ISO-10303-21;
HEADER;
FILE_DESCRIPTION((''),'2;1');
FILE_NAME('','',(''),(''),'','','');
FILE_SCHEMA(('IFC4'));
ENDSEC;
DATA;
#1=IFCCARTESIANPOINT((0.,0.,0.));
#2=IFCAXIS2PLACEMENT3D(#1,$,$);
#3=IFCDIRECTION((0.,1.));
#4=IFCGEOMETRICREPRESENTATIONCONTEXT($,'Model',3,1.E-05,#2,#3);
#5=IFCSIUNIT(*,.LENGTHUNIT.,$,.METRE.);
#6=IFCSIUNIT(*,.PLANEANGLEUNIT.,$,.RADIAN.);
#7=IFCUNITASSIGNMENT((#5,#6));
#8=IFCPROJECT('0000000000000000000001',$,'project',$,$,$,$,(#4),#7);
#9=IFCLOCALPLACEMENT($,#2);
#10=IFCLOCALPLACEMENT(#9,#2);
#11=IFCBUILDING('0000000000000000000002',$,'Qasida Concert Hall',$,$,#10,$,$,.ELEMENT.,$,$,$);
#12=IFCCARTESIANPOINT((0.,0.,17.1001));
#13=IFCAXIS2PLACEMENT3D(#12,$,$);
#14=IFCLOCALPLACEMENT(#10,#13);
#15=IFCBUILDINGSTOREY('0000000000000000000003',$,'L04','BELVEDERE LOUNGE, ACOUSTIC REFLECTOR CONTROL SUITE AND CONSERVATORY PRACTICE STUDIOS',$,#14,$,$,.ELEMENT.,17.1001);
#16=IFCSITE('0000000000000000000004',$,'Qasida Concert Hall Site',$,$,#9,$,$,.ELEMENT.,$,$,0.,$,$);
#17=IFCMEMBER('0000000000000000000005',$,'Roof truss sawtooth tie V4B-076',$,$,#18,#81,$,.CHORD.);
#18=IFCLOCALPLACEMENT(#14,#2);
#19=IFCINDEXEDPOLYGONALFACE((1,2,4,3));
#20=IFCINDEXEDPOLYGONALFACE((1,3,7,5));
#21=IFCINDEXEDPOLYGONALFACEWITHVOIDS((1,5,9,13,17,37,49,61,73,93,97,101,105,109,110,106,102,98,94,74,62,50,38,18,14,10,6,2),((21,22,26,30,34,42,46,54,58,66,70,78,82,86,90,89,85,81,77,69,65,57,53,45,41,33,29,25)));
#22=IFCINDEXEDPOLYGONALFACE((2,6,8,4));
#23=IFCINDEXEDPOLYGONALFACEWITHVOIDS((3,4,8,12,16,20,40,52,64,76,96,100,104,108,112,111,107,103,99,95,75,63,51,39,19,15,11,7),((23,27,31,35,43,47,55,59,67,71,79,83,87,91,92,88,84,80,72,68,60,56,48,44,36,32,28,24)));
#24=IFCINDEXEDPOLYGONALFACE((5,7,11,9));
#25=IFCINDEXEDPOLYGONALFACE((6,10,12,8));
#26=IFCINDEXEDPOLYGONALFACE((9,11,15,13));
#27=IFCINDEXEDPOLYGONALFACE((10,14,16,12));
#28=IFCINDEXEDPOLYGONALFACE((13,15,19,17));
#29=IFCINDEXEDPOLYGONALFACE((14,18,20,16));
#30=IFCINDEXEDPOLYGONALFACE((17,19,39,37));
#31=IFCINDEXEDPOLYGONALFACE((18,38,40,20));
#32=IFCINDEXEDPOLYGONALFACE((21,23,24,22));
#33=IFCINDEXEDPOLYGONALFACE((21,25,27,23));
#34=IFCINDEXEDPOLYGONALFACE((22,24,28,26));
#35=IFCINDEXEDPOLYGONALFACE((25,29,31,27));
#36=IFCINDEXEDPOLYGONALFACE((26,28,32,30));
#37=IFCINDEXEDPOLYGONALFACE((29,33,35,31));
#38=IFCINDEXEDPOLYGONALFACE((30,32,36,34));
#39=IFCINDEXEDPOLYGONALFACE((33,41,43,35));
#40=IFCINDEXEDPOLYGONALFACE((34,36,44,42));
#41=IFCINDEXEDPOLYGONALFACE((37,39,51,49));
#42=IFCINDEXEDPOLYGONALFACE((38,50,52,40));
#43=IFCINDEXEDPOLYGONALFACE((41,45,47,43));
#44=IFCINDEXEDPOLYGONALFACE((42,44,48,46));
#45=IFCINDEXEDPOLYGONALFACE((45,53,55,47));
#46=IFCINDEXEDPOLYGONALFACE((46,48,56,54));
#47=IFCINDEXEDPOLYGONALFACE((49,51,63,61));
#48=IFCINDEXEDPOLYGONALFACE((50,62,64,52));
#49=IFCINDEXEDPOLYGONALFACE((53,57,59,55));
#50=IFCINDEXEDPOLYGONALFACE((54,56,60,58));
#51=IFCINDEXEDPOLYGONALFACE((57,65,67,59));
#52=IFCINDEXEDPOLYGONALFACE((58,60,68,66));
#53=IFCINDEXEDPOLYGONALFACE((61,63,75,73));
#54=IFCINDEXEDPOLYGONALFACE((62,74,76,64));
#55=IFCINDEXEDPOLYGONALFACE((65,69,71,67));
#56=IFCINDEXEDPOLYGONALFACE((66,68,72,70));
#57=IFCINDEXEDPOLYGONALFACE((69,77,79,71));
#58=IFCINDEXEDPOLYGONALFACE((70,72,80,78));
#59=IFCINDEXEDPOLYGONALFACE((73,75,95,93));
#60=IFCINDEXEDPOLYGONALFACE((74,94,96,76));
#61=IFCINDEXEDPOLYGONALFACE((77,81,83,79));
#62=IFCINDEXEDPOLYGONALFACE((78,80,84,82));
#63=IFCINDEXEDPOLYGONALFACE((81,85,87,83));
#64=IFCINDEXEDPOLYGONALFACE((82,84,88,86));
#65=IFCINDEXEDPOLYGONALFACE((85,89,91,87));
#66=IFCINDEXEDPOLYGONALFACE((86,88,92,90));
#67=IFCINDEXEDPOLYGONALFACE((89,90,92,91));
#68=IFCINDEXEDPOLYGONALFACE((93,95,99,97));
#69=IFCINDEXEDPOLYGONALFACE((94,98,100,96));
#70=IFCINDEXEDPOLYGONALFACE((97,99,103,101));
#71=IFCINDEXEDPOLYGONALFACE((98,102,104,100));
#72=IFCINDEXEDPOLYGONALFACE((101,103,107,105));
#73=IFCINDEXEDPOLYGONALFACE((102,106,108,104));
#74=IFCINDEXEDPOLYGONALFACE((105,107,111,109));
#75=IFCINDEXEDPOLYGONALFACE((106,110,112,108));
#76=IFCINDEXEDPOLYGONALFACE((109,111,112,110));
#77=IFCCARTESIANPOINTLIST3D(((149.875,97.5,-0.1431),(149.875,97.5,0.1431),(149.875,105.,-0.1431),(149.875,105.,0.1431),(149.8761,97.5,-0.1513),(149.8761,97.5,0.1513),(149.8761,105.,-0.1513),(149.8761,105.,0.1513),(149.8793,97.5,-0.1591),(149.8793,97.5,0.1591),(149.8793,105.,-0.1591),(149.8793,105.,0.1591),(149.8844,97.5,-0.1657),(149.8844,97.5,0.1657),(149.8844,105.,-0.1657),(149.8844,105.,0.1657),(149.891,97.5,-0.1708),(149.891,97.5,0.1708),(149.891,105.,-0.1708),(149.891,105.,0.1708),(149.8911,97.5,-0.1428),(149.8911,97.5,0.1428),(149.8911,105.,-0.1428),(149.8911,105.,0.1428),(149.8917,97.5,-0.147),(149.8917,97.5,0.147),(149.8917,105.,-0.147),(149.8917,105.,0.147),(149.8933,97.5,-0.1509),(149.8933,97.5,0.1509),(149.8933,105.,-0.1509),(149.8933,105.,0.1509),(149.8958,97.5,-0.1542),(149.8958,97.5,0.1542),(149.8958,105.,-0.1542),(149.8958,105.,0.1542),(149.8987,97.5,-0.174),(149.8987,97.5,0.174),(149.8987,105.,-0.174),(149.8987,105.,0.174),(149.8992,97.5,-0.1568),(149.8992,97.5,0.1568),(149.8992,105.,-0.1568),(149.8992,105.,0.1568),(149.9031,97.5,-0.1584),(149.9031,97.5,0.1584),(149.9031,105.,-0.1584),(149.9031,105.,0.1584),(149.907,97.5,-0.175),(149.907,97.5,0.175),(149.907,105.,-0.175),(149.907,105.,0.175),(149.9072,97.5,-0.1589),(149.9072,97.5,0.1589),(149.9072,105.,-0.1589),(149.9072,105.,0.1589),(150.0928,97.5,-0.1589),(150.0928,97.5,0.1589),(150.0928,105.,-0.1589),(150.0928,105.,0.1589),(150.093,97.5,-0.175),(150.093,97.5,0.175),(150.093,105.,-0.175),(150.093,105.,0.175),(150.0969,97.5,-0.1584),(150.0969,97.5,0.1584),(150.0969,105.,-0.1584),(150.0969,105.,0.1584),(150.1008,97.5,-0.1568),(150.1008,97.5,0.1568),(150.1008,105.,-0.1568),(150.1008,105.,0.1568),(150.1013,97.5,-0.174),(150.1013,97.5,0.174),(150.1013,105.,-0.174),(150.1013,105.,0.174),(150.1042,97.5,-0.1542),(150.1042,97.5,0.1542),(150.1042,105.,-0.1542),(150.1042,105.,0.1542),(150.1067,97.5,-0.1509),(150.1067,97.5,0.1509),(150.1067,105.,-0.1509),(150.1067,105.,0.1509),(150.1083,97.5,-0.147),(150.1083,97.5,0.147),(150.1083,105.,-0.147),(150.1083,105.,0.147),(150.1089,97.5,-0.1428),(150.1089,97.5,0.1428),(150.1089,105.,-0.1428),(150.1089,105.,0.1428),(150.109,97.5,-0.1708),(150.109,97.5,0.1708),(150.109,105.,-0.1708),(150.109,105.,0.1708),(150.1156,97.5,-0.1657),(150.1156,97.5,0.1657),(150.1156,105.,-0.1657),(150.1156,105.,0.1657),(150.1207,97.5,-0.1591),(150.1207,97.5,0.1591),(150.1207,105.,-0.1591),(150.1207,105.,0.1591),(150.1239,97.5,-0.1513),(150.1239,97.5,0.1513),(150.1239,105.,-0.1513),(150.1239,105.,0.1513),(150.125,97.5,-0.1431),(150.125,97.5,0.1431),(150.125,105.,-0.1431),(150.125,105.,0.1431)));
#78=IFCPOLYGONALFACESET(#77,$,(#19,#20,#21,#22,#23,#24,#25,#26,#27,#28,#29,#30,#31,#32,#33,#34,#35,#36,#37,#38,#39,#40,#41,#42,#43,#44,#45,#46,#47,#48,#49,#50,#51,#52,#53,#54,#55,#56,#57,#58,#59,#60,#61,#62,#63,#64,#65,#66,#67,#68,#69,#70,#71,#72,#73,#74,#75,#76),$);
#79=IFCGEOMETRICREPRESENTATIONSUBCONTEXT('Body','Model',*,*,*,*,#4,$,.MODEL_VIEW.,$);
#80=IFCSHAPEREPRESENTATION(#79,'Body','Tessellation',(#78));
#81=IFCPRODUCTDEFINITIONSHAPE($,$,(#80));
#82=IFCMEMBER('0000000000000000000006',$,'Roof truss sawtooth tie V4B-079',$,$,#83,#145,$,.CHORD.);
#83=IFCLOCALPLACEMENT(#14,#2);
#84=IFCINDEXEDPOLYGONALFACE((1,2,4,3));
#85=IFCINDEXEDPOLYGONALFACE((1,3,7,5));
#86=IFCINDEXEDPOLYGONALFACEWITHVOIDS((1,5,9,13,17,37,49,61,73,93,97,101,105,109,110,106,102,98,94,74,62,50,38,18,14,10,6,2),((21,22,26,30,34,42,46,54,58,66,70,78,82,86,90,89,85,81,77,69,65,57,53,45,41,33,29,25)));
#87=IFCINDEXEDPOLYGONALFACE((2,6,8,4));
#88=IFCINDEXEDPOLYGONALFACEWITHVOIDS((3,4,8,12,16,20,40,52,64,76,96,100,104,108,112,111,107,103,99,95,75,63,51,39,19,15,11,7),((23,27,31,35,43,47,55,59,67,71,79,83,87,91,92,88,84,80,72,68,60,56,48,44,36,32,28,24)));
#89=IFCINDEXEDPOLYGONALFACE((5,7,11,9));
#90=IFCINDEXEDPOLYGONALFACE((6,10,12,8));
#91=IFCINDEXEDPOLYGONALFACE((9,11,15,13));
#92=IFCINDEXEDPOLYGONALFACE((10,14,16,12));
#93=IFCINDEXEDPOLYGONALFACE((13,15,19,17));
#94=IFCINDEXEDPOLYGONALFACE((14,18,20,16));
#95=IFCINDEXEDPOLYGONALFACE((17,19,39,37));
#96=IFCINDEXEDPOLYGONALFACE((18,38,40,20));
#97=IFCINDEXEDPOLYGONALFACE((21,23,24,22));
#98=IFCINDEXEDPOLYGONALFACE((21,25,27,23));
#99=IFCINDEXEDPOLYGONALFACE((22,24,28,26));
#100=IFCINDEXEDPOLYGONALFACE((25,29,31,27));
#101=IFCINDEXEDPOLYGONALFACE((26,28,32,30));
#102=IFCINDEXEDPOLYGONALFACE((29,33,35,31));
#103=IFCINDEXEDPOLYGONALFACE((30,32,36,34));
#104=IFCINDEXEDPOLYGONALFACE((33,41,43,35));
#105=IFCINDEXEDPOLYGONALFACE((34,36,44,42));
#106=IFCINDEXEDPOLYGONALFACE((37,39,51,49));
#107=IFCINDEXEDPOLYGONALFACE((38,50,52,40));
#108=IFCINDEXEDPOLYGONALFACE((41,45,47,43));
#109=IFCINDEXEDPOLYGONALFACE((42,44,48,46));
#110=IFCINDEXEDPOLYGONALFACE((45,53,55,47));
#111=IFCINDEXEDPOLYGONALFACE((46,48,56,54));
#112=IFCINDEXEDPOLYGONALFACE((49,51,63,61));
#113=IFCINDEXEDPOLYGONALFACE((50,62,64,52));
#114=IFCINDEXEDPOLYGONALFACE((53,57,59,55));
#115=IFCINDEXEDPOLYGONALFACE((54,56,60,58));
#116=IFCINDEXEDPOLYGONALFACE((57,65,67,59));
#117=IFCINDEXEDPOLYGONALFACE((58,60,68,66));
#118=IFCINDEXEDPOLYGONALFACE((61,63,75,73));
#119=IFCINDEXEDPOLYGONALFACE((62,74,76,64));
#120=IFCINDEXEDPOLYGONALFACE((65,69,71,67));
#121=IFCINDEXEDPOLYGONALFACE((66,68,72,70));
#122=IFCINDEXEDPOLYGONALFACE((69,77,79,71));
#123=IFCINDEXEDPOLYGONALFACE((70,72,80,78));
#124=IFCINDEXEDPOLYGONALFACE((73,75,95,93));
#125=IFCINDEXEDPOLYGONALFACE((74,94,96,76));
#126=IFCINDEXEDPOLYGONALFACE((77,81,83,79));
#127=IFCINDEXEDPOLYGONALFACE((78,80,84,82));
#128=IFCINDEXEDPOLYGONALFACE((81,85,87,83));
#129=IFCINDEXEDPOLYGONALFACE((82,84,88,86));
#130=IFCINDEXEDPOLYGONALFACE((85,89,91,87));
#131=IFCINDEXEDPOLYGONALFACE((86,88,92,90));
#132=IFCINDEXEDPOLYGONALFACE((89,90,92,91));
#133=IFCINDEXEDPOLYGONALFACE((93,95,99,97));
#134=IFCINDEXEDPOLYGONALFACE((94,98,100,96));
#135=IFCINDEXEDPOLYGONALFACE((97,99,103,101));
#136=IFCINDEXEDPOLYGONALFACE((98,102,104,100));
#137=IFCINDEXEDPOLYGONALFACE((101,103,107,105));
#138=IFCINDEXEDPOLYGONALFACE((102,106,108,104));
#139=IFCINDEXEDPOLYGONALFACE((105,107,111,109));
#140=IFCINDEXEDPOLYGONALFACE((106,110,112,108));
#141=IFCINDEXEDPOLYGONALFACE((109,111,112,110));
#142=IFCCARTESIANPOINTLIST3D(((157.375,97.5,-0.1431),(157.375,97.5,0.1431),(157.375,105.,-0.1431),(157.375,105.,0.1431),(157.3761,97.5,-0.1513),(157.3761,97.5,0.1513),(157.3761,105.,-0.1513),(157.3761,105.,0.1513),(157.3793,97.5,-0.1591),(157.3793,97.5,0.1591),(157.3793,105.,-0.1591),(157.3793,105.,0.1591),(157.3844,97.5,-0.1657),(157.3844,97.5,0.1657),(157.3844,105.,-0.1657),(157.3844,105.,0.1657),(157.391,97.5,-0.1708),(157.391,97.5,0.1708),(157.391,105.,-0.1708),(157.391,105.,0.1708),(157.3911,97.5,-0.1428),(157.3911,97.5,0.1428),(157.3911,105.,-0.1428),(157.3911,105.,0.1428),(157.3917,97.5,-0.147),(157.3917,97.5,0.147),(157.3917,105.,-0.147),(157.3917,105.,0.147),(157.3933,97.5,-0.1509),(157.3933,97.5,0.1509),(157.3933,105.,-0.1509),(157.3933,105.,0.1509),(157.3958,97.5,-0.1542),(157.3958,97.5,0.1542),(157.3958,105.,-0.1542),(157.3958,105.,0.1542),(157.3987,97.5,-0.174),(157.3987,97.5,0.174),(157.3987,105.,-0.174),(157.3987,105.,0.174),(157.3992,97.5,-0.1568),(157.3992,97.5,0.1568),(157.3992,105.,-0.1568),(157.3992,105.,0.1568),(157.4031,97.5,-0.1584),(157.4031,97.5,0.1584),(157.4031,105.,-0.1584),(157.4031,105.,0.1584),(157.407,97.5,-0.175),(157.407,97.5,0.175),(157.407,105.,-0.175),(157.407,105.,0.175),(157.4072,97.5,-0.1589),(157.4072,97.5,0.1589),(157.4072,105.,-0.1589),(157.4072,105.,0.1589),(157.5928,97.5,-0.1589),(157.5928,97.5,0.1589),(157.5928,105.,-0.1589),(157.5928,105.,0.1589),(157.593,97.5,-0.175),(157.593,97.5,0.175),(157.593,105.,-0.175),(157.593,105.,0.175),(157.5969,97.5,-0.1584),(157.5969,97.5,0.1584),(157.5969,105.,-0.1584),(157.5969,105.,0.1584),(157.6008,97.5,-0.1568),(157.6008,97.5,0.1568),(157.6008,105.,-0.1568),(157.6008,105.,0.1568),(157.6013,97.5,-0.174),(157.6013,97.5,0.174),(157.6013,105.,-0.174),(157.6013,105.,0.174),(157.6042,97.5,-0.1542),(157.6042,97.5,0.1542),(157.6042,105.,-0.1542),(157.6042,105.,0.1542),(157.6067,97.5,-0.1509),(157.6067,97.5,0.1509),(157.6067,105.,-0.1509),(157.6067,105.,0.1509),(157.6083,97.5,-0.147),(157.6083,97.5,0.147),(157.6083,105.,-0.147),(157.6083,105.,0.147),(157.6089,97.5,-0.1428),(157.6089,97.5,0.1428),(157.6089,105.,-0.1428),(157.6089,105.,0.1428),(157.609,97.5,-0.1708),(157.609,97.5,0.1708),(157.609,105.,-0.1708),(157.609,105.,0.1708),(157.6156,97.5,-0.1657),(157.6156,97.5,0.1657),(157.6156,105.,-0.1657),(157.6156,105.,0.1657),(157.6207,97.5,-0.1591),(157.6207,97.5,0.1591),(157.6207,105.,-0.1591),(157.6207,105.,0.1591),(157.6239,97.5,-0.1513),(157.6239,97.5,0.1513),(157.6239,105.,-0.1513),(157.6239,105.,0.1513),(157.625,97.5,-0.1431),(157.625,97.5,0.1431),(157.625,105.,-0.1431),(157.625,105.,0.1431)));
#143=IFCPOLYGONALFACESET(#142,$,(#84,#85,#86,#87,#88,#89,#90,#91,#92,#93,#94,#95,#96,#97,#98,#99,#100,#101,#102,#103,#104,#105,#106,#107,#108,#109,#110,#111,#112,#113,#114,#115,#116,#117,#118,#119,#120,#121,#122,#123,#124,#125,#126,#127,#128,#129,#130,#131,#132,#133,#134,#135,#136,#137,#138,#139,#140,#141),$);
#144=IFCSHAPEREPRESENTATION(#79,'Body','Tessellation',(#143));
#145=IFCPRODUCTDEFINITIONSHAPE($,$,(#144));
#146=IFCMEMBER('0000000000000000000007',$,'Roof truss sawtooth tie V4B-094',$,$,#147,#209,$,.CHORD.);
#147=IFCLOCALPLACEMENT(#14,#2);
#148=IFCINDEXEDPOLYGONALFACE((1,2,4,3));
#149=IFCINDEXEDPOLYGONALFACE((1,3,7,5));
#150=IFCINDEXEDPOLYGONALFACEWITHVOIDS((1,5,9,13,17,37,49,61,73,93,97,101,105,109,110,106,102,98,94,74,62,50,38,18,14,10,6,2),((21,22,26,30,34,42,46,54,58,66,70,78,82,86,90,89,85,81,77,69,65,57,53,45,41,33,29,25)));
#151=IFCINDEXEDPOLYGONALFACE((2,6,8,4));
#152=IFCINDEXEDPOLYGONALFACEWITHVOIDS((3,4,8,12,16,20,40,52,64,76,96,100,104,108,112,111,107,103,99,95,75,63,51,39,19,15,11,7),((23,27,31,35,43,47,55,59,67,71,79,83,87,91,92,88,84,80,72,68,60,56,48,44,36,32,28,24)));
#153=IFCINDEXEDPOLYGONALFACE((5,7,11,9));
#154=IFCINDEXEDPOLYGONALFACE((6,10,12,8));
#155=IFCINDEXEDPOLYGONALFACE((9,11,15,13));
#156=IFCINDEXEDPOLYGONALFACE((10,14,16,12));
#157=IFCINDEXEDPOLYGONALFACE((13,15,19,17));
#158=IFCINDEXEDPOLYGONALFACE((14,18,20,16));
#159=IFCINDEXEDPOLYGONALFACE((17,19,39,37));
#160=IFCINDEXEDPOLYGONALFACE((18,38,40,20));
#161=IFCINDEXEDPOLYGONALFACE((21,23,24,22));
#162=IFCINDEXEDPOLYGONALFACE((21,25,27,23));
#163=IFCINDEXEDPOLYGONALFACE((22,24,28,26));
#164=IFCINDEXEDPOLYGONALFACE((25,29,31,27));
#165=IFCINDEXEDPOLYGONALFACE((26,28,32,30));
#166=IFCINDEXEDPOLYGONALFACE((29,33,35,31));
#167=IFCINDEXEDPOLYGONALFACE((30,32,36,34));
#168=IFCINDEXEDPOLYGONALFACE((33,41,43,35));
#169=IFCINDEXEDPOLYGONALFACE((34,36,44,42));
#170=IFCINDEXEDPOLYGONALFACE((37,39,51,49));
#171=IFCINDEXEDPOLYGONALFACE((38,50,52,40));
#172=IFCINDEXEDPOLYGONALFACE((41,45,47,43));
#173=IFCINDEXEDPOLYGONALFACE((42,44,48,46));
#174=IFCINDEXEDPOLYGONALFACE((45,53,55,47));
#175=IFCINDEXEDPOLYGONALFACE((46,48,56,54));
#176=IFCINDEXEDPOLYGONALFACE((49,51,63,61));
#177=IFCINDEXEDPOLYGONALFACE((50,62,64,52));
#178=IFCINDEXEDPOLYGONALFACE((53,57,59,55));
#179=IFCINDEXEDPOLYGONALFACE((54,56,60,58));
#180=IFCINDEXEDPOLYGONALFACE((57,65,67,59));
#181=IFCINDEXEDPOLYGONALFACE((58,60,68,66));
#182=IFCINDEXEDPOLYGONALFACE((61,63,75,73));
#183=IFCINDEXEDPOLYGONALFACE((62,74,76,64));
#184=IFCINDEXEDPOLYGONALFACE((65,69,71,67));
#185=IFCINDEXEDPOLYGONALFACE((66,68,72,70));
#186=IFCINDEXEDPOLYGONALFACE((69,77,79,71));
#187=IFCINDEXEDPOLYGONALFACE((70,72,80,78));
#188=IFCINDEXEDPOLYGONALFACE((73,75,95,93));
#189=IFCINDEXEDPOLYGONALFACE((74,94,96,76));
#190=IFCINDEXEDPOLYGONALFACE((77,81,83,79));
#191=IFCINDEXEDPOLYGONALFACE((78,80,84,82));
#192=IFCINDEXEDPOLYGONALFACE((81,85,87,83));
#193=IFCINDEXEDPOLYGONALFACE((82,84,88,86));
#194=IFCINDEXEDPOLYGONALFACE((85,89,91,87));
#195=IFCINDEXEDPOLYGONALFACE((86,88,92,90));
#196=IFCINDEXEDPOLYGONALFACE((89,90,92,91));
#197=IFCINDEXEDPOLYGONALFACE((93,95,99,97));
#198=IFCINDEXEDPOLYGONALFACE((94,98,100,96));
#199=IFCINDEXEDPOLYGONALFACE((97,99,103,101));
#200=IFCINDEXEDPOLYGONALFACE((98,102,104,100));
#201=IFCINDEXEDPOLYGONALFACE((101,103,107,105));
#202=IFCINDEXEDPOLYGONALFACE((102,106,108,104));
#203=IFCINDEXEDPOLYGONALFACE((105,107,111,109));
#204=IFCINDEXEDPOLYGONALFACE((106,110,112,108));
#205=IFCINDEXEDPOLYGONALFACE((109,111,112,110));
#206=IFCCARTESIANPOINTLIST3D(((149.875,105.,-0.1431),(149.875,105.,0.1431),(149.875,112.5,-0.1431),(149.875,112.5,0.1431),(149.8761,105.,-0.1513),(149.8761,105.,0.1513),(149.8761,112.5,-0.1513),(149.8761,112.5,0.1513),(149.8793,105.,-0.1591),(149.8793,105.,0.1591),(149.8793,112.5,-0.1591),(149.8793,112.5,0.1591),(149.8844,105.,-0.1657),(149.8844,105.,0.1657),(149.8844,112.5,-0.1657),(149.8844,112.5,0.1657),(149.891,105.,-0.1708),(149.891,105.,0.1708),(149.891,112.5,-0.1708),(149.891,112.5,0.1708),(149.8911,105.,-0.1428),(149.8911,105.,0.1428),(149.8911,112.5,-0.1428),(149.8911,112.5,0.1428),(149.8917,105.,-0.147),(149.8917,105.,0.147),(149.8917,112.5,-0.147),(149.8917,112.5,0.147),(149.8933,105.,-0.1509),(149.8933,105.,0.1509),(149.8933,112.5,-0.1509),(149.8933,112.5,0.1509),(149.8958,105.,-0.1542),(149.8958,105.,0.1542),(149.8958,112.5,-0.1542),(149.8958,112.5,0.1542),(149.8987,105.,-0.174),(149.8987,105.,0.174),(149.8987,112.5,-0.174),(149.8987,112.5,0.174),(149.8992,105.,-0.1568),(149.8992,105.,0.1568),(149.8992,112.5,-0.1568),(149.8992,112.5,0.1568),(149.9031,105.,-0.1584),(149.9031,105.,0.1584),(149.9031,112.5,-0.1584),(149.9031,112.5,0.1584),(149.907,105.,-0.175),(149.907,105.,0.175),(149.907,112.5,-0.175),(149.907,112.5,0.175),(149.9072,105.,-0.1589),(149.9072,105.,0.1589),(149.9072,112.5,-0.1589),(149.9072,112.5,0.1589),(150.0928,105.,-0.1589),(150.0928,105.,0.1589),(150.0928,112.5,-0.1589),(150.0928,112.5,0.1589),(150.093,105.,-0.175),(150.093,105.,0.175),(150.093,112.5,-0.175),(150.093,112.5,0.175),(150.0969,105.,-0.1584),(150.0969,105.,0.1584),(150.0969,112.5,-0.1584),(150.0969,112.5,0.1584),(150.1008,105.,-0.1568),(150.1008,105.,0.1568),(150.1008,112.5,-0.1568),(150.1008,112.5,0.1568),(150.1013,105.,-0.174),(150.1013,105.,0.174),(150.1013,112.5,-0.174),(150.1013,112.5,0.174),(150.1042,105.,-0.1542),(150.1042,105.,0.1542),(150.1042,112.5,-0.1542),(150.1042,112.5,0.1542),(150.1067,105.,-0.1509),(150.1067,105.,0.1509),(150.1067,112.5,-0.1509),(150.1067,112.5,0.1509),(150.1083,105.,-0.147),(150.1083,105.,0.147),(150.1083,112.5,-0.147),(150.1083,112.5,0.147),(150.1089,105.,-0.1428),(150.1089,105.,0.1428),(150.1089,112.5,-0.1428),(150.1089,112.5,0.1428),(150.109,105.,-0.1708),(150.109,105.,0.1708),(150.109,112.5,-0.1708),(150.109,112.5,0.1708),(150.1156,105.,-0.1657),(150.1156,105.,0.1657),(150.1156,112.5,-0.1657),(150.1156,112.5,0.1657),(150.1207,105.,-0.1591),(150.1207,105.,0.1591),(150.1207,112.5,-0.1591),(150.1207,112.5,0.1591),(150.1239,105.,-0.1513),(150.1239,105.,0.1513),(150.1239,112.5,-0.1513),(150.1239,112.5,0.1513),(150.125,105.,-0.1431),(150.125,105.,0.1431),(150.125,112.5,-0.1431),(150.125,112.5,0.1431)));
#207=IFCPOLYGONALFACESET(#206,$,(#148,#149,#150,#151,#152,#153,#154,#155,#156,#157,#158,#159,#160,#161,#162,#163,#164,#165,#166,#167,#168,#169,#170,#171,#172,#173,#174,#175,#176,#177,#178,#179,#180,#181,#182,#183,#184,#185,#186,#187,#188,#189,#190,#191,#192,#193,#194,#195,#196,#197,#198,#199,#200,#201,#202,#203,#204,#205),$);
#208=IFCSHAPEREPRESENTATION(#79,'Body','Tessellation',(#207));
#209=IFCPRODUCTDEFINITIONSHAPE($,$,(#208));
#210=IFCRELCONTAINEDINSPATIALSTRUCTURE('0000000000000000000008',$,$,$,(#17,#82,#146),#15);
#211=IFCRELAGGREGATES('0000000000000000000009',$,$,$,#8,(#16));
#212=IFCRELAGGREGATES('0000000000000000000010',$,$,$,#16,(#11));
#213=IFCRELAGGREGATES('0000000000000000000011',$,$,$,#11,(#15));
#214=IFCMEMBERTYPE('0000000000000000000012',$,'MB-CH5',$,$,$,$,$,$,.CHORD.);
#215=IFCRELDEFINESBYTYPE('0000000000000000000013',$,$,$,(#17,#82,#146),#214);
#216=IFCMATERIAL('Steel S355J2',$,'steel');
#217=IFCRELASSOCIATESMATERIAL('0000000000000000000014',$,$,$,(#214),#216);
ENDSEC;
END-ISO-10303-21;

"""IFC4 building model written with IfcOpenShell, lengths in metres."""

from ifc_helpers import new_model, si_unit, direction, frame, origin, origin_2d, place, context, subcontext, project, spatial, hollow_rectangle, extrude, material, material_profile, profile_set, type_object, element, save


model = new_model("IFC4")

# Units and contexts
model_context = context("Model", 3, precision=1e-05, world=origin(), true_north=direction((0.0, 1.0)))
body_context = subcontext(model_context, "Body", "Model", "MODEL_VIEW")
ifc_project = project(units=[si_unit("LENGTHUNIT", "METRE"), si_unit("PLANEANGLEUNIT", "RADIAN")], contexts=[model_context])

# Site, building, storey
site_placement = place(None, origin())
site = spatial("IfcSite", under=ifc_project, at=site_placement, Name="Qasida Concert Hall Site", CompositionType="ELEMENT", RefElevation=0.0)
building_placement = place(site_placement, origin())
building = spatial("IfcBuilding", under=site, at=building_placement, Name="Qasida Concert Hall", CompositionType="ELEMENT")
storey_placement = place(building_placement, frame((0.0, 0.0, 17.1001)))
storey = spatial("IfcBuildingStorey", under=building, at=storey_placement, Name="L04", Description="BELVEDERE LOUNGE, ACOUSTIC REFLECTOR CONTROL SUITE AND CONSERVATORY PRACTICE STUDIOS", CompositionType="ELEMENT", Elevation=17.1001)

# Members
ifc_material = material(Name="Steel S355J2", Category="steel")
ifc_material_profile_1 = material_profile(ifc_material, hollow_rectangle(XDim=0.25, YDim=0.3501, WallThickness=0.0161, InnerFilletRadius=0.0161, OuterFilletRadius=0.032, at=origin_2d()), Name="RHS 350x250x16")
ifc_profile_set_1 = profile_set([ifc_material_profile_1], Name="Steel S355J2")
member_type_1 = type_object("IfcMemberType", Name="MB-CH5", PredefinedType="CHORD", material=ifc_profile_set_1)
for number, where, z_axis, x_axis, name in (
    (1, (150.0, 97.5, 0.0), (0.0, 1.0, 0.0), (-1.0, 0.0, 0.0), "Roof truss sawtooth tie V4B-076"),
    (2, (157.5, 97.5, 0.0), (0.0, 1.0, 0.0), (-1.0, 0.0, 0.0), "Roof truss sawtooth tie V4B-079"),
    (3, (150.0, 105.0, 0.0), (0.0, 1.0, 0.0), (-1.0, 0.0, 0.0), "Roof truss sawtooth tie V4B-094"),
):
    element("IfcMember", number, at=place(storey_placement, frame(where, z_axis=z_axis, x_axis=x_axis)), inside=storey, type_object=member_type_1, Name=name, PredefinedType="CHORD", context=body_context, shape_type="SweptSolid", body=[
        extrude(hollow_rectangle(XDim=0.25, YDim=0.3501, WallThickness=0.0161, InnerFilletRadius=0.0161, OuterFilletRadius=0.032, at=origin_2d()), origin(), (0.0, 0.0, 1.0), 7.5),
    ])

save(model, "model.ifc")
